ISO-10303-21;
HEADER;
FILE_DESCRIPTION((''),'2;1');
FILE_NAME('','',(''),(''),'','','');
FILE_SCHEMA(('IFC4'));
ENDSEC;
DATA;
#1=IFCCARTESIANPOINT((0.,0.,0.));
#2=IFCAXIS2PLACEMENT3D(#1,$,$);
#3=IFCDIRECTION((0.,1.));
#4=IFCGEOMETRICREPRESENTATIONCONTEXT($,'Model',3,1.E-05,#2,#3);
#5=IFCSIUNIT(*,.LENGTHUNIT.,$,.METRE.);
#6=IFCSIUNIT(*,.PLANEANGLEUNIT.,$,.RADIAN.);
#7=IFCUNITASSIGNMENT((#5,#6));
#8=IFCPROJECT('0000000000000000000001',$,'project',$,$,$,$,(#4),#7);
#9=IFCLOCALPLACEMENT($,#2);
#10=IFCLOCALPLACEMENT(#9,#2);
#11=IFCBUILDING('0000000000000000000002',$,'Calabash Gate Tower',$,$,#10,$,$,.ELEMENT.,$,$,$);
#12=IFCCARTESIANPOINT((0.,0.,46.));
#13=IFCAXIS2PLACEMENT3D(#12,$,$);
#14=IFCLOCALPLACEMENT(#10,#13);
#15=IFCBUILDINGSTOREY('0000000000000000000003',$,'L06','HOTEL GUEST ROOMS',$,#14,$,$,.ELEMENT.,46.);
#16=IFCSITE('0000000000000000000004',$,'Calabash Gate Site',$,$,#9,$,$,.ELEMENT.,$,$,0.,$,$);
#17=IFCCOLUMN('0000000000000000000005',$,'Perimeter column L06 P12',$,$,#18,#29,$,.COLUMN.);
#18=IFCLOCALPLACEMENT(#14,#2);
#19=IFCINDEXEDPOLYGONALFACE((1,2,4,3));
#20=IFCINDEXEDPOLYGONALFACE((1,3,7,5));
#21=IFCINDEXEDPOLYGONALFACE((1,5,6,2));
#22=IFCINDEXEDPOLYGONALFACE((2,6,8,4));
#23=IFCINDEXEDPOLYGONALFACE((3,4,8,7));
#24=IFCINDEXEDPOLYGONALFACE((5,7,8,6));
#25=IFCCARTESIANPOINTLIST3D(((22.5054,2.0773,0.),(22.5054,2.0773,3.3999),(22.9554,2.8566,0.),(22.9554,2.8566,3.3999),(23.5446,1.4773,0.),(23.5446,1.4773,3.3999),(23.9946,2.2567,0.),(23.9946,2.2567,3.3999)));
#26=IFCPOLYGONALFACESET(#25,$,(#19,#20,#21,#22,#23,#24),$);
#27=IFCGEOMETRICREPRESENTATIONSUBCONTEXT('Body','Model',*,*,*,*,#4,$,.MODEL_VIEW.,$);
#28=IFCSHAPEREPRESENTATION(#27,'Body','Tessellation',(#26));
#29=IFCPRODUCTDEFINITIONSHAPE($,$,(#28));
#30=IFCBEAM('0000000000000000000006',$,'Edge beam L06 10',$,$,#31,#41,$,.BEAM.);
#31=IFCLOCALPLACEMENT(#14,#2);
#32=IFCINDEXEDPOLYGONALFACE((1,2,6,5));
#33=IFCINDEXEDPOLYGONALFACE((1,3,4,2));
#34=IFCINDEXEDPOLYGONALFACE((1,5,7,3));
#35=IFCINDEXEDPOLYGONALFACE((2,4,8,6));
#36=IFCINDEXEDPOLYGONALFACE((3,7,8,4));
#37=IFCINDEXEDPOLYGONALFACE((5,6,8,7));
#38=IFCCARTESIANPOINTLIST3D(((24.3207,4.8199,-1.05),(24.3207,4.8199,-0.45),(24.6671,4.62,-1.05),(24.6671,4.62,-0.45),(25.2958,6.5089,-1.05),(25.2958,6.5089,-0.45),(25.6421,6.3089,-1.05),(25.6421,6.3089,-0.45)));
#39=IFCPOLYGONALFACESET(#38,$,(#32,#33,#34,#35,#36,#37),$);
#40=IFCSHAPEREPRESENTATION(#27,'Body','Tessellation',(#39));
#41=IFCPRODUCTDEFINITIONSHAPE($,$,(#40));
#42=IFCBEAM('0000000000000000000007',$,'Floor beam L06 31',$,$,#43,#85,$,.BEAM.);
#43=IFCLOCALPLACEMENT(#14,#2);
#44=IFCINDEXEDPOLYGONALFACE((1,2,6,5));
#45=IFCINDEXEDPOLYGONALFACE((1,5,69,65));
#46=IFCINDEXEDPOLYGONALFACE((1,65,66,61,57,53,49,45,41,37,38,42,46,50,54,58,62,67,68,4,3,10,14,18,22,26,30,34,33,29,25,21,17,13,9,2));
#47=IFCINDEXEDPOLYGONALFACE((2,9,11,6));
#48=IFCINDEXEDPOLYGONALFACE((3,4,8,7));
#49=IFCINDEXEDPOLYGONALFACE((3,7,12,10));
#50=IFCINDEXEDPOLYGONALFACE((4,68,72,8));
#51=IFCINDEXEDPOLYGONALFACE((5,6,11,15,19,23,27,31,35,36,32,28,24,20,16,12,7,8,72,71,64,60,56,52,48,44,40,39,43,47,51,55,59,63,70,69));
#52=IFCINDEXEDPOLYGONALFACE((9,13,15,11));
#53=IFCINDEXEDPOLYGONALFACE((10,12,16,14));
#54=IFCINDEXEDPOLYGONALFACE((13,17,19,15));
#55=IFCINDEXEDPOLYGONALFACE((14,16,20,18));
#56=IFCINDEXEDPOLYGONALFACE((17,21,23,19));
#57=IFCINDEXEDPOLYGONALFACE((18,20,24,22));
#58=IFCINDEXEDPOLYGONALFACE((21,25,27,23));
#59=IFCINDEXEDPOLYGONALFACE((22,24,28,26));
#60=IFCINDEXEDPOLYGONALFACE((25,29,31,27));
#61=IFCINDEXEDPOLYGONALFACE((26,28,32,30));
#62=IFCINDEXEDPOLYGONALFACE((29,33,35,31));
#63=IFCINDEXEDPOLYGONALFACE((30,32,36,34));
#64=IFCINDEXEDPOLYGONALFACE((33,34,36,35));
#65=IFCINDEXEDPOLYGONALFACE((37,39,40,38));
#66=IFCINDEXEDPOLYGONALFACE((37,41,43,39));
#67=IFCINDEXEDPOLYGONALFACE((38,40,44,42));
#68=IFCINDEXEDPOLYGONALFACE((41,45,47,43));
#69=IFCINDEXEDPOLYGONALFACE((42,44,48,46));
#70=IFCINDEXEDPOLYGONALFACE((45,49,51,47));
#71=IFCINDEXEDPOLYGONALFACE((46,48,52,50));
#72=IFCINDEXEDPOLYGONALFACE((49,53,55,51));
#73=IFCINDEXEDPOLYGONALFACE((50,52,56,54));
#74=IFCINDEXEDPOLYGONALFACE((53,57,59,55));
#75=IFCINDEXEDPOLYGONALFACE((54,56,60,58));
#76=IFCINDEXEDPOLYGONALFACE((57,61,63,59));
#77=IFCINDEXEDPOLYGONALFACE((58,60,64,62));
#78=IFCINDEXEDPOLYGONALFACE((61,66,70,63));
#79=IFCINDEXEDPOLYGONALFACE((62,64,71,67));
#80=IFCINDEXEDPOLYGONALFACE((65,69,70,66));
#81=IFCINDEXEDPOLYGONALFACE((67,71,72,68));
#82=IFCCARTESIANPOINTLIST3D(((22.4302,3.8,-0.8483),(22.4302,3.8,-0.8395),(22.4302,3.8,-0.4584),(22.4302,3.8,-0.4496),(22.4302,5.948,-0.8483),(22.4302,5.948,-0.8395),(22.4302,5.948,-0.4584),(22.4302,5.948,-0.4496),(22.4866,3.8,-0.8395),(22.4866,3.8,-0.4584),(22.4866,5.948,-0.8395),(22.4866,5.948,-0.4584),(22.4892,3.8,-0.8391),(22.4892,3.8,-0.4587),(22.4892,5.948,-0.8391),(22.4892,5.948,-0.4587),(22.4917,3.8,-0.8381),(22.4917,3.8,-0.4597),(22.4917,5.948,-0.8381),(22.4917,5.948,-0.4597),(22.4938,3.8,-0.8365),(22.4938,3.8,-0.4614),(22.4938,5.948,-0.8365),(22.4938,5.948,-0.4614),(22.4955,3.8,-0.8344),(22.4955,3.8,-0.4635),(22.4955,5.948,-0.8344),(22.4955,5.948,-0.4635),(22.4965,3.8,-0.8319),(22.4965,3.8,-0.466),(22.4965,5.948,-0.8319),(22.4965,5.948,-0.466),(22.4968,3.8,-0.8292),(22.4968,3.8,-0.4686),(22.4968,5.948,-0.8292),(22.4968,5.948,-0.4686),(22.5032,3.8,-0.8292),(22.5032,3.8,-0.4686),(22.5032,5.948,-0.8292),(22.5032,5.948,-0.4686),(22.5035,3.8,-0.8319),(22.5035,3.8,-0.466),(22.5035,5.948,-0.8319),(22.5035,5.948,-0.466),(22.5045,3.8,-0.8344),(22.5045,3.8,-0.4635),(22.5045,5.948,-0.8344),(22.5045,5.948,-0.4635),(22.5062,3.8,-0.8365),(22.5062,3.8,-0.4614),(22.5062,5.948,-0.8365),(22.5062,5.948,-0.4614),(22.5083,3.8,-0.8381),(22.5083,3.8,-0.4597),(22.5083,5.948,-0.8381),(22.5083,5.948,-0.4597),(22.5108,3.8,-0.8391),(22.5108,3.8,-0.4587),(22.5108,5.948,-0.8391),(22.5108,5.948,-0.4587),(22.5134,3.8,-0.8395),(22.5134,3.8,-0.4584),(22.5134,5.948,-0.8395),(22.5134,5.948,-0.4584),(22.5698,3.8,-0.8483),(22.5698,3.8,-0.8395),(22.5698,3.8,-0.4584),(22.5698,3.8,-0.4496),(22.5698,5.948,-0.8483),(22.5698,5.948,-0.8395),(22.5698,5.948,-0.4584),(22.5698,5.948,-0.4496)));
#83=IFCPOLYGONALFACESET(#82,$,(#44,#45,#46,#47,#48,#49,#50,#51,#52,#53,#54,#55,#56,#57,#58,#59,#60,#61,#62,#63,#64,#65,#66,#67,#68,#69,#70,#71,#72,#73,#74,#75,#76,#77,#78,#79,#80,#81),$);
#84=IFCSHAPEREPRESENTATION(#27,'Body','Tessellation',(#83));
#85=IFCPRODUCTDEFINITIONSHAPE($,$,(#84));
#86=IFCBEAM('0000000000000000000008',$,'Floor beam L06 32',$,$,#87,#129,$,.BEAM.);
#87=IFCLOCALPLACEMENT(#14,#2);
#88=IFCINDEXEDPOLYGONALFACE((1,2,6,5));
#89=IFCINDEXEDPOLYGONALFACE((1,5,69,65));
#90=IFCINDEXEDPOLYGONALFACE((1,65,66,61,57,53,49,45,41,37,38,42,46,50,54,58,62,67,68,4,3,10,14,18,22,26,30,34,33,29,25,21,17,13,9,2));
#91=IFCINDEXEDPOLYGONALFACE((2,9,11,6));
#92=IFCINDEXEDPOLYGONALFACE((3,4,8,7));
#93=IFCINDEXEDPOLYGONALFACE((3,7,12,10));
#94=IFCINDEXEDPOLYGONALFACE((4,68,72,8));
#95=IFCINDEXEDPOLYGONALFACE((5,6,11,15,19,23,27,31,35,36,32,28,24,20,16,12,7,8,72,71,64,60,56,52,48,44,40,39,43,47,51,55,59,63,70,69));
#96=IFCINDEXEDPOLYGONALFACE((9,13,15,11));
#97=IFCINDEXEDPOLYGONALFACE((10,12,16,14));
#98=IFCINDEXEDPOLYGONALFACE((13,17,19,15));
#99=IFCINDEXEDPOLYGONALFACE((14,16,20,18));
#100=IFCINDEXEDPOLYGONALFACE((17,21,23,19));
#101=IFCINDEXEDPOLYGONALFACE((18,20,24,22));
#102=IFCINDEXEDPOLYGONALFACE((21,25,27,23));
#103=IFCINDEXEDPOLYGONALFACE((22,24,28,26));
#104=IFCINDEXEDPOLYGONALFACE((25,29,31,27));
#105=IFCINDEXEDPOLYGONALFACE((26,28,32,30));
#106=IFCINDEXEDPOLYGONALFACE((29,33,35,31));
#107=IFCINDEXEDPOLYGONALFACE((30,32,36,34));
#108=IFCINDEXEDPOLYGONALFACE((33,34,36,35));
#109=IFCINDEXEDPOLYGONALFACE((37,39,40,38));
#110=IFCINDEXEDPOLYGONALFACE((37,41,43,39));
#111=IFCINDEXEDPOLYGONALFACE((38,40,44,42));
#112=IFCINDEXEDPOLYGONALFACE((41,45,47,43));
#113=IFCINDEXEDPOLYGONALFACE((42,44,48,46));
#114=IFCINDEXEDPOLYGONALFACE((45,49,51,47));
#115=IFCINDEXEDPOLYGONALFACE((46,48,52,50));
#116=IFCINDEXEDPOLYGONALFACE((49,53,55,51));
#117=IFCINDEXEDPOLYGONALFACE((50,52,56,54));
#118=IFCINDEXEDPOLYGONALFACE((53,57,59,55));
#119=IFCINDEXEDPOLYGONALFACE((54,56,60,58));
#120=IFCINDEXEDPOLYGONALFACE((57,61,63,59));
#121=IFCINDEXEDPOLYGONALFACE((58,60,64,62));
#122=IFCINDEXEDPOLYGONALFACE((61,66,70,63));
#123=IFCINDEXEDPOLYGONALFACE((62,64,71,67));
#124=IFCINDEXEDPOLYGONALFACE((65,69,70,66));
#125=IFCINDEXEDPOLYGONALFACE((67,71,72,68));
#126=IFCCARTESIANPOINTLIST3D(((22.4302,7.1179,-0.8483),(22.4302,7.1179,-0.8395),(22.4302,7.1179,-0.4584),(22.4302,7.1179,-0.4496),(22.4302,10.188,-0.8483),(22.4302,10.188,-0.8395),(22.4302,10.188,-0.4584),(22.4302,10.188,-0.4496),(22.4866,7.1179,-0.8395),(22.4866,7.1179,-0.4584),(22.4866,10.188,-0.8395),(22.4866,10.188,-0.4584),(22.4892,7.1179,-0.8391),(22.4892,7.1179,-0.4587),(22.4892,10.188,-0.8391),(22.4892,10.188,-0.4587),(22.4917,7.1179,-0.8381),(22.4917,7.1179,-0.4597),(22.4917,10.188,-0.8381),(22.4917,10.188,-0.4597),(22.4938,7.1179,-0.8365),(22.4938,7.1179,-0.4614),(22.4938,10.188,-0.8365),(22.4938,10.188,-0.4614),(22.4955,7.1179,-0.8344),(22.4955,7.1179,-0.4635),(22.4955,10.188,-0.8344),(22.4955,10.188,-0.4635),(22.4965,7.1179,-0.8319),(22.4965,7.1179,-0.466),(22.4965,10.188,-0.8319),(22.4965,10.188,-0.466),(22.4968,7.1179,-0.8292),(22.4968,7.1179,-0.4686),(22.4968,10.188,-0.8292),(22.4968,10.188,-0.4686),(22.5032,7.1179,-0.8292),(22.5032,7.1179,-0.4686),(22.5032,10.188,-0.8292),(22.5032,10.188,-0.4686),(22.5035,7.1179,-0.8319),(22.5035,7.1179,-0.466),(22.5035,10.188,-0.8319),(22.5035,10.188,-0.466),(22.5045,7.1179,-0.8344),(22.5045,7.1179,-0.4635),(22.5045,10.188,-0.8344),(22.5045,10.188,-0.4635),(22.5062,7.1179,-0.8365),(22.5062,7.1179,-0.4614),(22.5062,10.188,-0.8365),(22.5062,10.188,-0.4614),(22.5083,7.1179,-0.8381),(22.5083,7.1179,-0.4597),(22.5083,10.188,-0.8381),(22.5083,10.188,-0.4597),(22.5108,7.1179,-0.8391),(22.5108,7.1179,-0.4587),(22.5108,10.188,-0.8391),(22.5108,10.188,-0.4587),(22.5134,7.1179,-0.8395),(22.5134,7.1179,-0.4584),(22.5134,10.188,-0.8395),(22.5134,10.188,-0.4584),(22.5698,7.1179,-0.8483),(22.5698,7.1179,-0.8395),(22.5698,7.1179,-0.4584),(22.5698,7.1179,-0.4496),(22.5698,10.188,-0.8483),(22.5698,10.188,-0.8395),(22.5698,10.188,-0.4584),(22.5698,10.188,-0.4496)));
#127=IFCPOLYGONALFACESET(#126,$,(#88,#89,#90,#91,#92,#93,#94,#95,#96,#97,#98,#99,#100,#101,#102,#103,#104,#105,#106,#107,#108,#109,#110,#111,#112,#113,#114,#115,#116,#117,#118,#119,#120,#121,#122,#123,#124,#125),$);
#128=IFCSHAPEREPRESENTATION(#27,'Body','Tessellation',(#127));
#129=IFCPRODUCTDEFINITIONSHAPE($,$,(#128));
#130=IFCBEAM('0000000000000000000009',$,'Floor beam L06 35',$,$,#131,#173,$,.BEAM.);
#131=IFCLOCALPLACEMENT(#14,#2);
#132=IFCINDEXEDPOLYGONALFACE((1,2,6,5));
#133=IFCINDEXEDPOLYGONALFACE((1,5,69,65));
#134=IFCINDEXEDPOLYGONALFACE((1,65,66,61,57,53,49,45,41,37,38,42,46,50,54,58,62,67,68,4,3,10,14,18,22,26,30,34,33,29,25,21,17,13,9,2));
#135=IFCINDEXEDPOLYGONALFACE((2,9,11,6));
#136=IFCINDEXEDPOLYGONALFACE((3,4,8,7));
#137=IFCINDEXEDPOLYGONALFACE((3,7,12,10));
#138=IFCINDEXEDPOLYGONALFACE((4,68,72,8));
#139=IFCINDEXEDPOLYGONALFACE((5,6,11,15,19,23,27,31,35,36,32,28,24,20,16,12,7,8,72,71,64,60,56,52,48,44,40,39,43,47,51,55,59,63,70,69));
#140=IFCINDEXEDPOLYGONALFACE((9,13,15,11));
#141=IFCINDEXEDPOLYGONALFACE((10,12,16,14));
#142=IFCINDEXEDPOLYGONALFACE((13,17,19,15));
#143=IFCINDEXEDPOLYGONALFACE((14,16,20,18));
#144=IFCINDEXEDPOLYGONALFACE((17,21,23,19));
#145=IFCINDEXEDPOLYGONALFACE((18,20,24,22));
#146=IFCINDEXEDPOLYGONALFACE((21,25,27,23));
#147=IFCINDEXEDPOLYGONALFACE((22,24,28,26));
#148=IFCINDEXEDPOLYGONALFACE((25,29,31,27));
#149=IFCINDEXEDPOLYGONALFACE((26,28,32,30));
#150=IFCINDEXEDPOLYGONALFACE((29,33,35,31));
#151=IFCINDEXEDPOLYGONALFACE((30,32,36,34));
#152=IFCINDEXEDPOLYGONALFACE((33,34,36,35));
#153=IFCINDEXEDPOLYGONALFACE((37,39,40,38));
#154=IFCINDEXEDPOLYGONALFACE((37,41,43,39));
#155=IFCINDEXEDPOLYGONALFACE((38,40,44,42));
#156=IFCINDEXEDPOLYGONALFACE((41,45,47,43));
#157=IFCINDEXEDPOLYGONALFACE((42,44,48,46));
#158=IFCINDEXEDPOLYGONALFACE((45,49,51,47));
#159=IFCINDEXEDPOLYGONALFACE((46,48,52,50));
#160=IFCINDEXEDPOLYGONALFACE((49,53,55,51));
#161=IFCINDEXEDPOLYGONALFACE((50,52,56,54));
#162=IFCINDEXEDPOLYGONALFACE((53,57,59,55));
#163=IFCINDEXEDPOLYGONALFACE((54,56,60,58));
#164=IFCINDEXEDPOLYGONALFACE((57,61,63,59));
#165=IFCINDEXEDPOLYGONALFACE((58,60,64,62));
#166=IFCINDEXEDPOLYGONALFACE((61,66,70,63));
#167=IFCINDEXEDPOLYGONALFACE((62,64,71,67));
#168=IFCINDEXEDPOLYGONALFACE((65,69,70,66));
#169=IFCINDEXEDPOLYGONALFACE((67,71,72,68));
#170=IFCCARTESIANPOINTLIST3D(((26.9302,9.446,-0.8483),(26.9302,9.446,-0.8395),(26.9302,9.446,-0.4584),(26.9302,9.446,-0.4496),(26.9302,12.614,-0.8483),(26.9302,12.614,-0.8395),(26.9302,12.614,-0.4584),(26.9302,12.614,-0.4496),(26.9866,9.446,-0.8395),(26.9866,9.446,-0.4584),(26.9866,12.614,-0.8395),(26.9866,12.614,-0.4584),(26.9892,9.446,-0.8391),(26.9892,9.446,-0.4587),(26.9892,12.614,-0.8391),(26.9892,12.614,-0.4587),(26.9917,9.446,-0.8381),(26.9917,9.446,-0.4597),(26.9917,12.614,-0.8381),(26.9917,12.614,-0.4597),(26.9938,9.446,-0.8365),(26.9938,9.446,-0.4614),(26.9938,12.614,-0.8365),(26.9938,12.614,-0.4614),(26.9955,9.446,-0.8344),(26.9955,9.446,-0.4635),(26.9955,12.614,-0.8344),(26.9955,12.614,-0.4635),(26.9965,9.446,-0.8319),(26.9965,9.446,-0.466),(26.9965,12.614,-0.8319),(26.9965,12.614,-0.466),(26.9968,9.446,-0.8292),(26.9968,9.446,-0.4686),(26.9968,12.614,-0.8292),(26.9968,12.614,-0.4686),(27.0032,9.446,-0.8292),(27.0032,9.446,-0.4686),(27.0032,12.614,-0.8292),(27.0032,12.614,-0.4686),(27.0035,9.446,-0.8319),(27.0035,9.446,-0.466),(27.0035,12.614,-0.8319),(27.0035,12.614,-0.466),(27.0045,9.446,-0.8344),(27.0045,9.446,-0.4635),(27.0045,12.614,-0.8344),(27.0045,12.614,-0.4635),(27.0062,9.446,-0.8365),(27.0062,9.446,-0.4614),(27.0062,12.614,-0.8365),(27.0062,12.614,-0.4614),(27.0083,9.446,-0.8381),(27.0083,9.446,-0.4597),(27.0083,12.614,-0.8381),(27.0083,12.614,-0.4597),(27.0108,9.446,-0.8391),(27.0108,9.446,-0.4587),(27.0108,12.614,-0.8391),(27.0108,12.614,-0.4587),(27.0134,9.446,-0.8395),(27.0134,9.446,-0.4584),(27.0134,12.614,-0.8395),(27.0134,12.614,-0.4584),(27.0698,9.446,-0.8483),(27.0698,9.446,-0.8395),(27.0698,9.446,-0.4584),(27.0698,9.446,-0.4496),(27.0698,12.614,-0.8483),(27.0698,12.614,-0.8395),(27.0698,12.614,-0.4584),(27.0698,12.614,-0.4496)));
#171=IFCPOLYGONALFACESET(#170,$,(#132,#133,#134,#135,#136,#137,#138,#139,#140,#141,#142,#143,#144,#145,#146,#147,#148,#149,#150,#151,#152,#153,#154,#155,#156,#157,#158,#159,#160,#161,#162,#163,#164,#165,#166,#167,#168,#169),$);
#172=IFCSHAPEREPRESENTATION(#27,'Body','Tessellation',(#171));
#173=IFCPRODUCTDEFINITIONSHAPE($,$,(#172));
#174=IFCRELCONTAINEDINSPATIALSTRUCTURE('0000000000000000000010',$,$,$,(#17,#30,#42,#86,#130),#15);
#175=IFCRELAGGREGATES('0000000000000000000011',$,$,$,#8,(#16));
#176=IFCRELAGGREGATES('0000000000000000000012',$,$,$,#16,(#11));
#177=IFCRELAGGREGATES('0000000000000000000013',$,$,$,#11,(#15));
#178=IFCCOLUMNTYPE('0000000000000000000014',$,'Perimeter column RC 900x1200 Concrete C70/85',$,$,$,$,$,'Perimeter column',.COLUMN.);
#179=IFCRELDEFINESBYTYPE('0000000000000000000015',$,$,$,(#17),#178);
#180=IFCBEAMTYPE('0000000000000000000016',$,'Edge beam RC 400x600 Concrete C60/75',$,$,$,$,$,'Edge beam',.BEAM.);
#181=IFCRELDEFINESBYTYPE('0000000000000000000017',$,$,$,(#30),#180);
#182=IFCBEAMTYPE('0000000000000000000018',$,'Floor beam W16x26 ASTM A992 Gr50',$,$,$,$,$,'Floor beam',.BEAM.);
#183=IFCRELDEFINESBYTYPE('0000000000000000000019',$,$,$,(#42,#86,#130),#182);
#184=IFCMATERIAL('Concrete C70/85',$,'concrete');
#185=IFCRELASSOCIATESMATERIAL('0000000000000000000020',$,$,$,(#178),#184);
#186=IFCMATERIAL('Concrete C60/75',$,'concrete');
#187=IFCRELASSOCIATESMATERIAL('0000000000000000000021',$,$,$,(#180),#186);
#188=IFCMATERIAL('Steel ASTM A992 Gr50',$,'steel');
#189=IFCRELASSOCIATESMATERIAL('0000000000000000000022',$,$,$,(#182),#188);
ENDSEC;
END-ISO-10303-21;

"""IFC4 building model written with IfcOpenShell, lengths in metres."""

from ifc_helpers import new_model, si_unit, direction, frame, origin, origin_2d, place, context, subcontext, project, spatial, rectangle, i_section, extrude, material, material_profile, profile_set, type_object, element, save


model = new_model("IFC4")

# Units and contexts
model_context = context("Model", 3, precision=1e-05, world=origin(), true_north=direction((0.0, 1.0)))
body_context = subcontext(model_context, "Body", "Model", "MODEL_VIEW")
ifc_project = project(units=[si_unit("LENGTHUNIT", "METRE"), si_unit("PLANEANGLEUNIT", "RADIAN")], contexts=[model_context])

# Site, building, storey
site_placement = place(None, origin())
site = spatial("IfcSite", under=ifc_project, at=site_placement, Name="Calabash Gate Site", CompositionType="ELEMENT", RefElevation=0.0)
building_placement = place(site_placement, origin())
building = spatial("IfcBuilding", under=site, at=building_placement, Name="Calabash Gate Tower", CompositionType="ELEMENT")
storey_placement = place(building_placement, frame((0.0, 0.0, 46.0)))
storey = spatial("IfcBuildingStorey", under=building, at=storey_placement, Name="L06", Description="HOTEL GUEST ROOMS", CompositionType="ELEMENT", Elevation=46.0)

# Column
ifc_material_1 = material(Name="Concrete C70/85", Category="concrete")
ifc_material_profile_1 = material_profile(ifc_material_1, rectangle(XDim=0.8999, YDim=1.2, at=origin_2d()))
ifc_profile_set_1 = profile_set([ifc_material_profile_1], Name="Concrete C70/85")
column_type = type_object("IfcColumnType", Name="Perimeter column RC 900x1200 Concrete C70/85", ElementType="Perimeter column", PredefinedType="COLUMN", material=ifc_profile_set_1)
column_placement = place(storey_placement, frame((23.25, 2.167, 0.0), z_axis=(0.0, 0.0, 1.0), x_axis=(0.5, 0.866025, 0.0)))
element("IfcColumn", 1, at=column_placement, inside=storey, type_object=column_type, Name="Perimeter column L06 P12", PredefinedType="COLUMN", context=body_context, shape_type="SweptSolid", body=[
    extrude(rectangle(XDim=0.8999, YDim=1.2, at=origin_2d()), origin(), (0.0, 0.0, 1.0), 3.3999),
])

# Beams
ifc_material_2 = material(Name="Concrete C60/75", Category="concrete")
ifc_material_profile_2 = material_profile(ifc_material_2, rectangle(XDim=0.3999, YDim=0.6001, at=origin_2d()))
ifc_profile_set_2 = profile_set([ifc_material_profile_2], Name="Concrete C60/75")
beam_type_1 = type_object("IfcBeamType", Name="Edge beam RC 400x600 Concrete C60/75", ElementType="Edge beam", PredefinedType="BEAM", material=ifc_profile_set_2)
beam_1_placement = place(storey_placement, frame((24.4939, 4.72, -0.75), z_axis=(0.49999, 0.866031, 0.0), x_axis=(-0.866031, 0.49999, 0.0)))
element("IfcBeam", 2, at=beam_1_placement, inside=storey, type_object=beam_type_1, Name="Edge beam L06 10", PredefinedType="BEAM", context=body_context, shape_type="SweptSolid", body=[
    extrude(rectangle(XDim=0.3999, YDim=0.6001, at=origin_2d()), origin(), (0.0, 0.0, 1.0), 1.9502),
])
ifc_material_3 = material(Name="Steel ASTM A992 Gr50", Category="steel")
ifc_material_profile_3 = material_profile(ifc_material_3, i_section(OverallWidth=0.1396, OverallDepth=0.3987, WebThickness=0.0063, FlangeThickness=0.0088, FilletRadius=0.0103, at=origin_2d()))
ifc_profile_set_3 = profile_set([ifc_material_profile_3], Name="Steel ASTM A992 Gr50")
beam_type_2 = type_object("IfcBeamType", Name="Floor beam W16x26 ASTM A992 Gr50", ElementType="Floor beam", PredefinedType="BEAM", material=ifc_profile_set_3)
beam_2_placement = place(storey_placement, frame((22.5, 3.8, -0.6489), z_axis=(0.0, 1.0, 0.0), x_axis=(-1.0, 0.0, 0.0)))
element("IfcBeam", 3, at=beam_2_placement, inside=storey, type_object=beam_type_2, Name="Floor beam L06 31", PredefinedType="BEAM", context=body_context, shape_type="SweptSolid", body=[
    extrude(i_section(OverallWidth=0.1396, OverallDepth=0.3987, WebThickness=0.0063, FlangeThickness=0.0088, FilletRadius=0.0103, at=origin_2d()), origin(), (0.0, 0.0, 1.0), 2.1479),
])
beam_3_placement = place(storey_placement, frame((22.5, 7.1179, -0.6489), z_axis=(0.0, 1.0, 0.0), x_axis=(-1.0, 0.0, 0.0)))
element("IfcBeam", 4, at=beam_3_placement, inside=storey, type_object=beam_type_2, Name="Floor beam L06 32", PredefinedType="BEAM", context=body_context, shape_type="SweptSolid", body=[
    extrude(i_section(OverallWidth=0.1396, OverallDepth=0.3987, WebThickness=0.0063, FlangeThickness=0.0088, FilletRadius=0.0103, at=origin_2d()), origin(), (0.0, 0.0, 1.0), 3.0701),
])
beam_4_placement = place(storey_placement, frame((27.0, 9.446, -0.6489), z_axis=(0.0, 1.0, 0.0), x_axis=(-1.0, 0.0, 0.0)))
element("IfcBeam", 5, at=beam_4_placement, inside=storey, type_object=beam_type_2, Name="Floor beam L06 35", PredefinedType="BEAM", context=body_context, shape_type="SweptSolid", body=[
    extrude(i_section(OverallWidth=0.1396, OverallDepth=0.3987, WebThickness=0.0063, FlangeThickness=0.0088, FilletRadius=0.0103, at=origin_2d()), origin(), (0.0, 0.0, 1.0), 3.168),
])

save(model, "model.ifc")
